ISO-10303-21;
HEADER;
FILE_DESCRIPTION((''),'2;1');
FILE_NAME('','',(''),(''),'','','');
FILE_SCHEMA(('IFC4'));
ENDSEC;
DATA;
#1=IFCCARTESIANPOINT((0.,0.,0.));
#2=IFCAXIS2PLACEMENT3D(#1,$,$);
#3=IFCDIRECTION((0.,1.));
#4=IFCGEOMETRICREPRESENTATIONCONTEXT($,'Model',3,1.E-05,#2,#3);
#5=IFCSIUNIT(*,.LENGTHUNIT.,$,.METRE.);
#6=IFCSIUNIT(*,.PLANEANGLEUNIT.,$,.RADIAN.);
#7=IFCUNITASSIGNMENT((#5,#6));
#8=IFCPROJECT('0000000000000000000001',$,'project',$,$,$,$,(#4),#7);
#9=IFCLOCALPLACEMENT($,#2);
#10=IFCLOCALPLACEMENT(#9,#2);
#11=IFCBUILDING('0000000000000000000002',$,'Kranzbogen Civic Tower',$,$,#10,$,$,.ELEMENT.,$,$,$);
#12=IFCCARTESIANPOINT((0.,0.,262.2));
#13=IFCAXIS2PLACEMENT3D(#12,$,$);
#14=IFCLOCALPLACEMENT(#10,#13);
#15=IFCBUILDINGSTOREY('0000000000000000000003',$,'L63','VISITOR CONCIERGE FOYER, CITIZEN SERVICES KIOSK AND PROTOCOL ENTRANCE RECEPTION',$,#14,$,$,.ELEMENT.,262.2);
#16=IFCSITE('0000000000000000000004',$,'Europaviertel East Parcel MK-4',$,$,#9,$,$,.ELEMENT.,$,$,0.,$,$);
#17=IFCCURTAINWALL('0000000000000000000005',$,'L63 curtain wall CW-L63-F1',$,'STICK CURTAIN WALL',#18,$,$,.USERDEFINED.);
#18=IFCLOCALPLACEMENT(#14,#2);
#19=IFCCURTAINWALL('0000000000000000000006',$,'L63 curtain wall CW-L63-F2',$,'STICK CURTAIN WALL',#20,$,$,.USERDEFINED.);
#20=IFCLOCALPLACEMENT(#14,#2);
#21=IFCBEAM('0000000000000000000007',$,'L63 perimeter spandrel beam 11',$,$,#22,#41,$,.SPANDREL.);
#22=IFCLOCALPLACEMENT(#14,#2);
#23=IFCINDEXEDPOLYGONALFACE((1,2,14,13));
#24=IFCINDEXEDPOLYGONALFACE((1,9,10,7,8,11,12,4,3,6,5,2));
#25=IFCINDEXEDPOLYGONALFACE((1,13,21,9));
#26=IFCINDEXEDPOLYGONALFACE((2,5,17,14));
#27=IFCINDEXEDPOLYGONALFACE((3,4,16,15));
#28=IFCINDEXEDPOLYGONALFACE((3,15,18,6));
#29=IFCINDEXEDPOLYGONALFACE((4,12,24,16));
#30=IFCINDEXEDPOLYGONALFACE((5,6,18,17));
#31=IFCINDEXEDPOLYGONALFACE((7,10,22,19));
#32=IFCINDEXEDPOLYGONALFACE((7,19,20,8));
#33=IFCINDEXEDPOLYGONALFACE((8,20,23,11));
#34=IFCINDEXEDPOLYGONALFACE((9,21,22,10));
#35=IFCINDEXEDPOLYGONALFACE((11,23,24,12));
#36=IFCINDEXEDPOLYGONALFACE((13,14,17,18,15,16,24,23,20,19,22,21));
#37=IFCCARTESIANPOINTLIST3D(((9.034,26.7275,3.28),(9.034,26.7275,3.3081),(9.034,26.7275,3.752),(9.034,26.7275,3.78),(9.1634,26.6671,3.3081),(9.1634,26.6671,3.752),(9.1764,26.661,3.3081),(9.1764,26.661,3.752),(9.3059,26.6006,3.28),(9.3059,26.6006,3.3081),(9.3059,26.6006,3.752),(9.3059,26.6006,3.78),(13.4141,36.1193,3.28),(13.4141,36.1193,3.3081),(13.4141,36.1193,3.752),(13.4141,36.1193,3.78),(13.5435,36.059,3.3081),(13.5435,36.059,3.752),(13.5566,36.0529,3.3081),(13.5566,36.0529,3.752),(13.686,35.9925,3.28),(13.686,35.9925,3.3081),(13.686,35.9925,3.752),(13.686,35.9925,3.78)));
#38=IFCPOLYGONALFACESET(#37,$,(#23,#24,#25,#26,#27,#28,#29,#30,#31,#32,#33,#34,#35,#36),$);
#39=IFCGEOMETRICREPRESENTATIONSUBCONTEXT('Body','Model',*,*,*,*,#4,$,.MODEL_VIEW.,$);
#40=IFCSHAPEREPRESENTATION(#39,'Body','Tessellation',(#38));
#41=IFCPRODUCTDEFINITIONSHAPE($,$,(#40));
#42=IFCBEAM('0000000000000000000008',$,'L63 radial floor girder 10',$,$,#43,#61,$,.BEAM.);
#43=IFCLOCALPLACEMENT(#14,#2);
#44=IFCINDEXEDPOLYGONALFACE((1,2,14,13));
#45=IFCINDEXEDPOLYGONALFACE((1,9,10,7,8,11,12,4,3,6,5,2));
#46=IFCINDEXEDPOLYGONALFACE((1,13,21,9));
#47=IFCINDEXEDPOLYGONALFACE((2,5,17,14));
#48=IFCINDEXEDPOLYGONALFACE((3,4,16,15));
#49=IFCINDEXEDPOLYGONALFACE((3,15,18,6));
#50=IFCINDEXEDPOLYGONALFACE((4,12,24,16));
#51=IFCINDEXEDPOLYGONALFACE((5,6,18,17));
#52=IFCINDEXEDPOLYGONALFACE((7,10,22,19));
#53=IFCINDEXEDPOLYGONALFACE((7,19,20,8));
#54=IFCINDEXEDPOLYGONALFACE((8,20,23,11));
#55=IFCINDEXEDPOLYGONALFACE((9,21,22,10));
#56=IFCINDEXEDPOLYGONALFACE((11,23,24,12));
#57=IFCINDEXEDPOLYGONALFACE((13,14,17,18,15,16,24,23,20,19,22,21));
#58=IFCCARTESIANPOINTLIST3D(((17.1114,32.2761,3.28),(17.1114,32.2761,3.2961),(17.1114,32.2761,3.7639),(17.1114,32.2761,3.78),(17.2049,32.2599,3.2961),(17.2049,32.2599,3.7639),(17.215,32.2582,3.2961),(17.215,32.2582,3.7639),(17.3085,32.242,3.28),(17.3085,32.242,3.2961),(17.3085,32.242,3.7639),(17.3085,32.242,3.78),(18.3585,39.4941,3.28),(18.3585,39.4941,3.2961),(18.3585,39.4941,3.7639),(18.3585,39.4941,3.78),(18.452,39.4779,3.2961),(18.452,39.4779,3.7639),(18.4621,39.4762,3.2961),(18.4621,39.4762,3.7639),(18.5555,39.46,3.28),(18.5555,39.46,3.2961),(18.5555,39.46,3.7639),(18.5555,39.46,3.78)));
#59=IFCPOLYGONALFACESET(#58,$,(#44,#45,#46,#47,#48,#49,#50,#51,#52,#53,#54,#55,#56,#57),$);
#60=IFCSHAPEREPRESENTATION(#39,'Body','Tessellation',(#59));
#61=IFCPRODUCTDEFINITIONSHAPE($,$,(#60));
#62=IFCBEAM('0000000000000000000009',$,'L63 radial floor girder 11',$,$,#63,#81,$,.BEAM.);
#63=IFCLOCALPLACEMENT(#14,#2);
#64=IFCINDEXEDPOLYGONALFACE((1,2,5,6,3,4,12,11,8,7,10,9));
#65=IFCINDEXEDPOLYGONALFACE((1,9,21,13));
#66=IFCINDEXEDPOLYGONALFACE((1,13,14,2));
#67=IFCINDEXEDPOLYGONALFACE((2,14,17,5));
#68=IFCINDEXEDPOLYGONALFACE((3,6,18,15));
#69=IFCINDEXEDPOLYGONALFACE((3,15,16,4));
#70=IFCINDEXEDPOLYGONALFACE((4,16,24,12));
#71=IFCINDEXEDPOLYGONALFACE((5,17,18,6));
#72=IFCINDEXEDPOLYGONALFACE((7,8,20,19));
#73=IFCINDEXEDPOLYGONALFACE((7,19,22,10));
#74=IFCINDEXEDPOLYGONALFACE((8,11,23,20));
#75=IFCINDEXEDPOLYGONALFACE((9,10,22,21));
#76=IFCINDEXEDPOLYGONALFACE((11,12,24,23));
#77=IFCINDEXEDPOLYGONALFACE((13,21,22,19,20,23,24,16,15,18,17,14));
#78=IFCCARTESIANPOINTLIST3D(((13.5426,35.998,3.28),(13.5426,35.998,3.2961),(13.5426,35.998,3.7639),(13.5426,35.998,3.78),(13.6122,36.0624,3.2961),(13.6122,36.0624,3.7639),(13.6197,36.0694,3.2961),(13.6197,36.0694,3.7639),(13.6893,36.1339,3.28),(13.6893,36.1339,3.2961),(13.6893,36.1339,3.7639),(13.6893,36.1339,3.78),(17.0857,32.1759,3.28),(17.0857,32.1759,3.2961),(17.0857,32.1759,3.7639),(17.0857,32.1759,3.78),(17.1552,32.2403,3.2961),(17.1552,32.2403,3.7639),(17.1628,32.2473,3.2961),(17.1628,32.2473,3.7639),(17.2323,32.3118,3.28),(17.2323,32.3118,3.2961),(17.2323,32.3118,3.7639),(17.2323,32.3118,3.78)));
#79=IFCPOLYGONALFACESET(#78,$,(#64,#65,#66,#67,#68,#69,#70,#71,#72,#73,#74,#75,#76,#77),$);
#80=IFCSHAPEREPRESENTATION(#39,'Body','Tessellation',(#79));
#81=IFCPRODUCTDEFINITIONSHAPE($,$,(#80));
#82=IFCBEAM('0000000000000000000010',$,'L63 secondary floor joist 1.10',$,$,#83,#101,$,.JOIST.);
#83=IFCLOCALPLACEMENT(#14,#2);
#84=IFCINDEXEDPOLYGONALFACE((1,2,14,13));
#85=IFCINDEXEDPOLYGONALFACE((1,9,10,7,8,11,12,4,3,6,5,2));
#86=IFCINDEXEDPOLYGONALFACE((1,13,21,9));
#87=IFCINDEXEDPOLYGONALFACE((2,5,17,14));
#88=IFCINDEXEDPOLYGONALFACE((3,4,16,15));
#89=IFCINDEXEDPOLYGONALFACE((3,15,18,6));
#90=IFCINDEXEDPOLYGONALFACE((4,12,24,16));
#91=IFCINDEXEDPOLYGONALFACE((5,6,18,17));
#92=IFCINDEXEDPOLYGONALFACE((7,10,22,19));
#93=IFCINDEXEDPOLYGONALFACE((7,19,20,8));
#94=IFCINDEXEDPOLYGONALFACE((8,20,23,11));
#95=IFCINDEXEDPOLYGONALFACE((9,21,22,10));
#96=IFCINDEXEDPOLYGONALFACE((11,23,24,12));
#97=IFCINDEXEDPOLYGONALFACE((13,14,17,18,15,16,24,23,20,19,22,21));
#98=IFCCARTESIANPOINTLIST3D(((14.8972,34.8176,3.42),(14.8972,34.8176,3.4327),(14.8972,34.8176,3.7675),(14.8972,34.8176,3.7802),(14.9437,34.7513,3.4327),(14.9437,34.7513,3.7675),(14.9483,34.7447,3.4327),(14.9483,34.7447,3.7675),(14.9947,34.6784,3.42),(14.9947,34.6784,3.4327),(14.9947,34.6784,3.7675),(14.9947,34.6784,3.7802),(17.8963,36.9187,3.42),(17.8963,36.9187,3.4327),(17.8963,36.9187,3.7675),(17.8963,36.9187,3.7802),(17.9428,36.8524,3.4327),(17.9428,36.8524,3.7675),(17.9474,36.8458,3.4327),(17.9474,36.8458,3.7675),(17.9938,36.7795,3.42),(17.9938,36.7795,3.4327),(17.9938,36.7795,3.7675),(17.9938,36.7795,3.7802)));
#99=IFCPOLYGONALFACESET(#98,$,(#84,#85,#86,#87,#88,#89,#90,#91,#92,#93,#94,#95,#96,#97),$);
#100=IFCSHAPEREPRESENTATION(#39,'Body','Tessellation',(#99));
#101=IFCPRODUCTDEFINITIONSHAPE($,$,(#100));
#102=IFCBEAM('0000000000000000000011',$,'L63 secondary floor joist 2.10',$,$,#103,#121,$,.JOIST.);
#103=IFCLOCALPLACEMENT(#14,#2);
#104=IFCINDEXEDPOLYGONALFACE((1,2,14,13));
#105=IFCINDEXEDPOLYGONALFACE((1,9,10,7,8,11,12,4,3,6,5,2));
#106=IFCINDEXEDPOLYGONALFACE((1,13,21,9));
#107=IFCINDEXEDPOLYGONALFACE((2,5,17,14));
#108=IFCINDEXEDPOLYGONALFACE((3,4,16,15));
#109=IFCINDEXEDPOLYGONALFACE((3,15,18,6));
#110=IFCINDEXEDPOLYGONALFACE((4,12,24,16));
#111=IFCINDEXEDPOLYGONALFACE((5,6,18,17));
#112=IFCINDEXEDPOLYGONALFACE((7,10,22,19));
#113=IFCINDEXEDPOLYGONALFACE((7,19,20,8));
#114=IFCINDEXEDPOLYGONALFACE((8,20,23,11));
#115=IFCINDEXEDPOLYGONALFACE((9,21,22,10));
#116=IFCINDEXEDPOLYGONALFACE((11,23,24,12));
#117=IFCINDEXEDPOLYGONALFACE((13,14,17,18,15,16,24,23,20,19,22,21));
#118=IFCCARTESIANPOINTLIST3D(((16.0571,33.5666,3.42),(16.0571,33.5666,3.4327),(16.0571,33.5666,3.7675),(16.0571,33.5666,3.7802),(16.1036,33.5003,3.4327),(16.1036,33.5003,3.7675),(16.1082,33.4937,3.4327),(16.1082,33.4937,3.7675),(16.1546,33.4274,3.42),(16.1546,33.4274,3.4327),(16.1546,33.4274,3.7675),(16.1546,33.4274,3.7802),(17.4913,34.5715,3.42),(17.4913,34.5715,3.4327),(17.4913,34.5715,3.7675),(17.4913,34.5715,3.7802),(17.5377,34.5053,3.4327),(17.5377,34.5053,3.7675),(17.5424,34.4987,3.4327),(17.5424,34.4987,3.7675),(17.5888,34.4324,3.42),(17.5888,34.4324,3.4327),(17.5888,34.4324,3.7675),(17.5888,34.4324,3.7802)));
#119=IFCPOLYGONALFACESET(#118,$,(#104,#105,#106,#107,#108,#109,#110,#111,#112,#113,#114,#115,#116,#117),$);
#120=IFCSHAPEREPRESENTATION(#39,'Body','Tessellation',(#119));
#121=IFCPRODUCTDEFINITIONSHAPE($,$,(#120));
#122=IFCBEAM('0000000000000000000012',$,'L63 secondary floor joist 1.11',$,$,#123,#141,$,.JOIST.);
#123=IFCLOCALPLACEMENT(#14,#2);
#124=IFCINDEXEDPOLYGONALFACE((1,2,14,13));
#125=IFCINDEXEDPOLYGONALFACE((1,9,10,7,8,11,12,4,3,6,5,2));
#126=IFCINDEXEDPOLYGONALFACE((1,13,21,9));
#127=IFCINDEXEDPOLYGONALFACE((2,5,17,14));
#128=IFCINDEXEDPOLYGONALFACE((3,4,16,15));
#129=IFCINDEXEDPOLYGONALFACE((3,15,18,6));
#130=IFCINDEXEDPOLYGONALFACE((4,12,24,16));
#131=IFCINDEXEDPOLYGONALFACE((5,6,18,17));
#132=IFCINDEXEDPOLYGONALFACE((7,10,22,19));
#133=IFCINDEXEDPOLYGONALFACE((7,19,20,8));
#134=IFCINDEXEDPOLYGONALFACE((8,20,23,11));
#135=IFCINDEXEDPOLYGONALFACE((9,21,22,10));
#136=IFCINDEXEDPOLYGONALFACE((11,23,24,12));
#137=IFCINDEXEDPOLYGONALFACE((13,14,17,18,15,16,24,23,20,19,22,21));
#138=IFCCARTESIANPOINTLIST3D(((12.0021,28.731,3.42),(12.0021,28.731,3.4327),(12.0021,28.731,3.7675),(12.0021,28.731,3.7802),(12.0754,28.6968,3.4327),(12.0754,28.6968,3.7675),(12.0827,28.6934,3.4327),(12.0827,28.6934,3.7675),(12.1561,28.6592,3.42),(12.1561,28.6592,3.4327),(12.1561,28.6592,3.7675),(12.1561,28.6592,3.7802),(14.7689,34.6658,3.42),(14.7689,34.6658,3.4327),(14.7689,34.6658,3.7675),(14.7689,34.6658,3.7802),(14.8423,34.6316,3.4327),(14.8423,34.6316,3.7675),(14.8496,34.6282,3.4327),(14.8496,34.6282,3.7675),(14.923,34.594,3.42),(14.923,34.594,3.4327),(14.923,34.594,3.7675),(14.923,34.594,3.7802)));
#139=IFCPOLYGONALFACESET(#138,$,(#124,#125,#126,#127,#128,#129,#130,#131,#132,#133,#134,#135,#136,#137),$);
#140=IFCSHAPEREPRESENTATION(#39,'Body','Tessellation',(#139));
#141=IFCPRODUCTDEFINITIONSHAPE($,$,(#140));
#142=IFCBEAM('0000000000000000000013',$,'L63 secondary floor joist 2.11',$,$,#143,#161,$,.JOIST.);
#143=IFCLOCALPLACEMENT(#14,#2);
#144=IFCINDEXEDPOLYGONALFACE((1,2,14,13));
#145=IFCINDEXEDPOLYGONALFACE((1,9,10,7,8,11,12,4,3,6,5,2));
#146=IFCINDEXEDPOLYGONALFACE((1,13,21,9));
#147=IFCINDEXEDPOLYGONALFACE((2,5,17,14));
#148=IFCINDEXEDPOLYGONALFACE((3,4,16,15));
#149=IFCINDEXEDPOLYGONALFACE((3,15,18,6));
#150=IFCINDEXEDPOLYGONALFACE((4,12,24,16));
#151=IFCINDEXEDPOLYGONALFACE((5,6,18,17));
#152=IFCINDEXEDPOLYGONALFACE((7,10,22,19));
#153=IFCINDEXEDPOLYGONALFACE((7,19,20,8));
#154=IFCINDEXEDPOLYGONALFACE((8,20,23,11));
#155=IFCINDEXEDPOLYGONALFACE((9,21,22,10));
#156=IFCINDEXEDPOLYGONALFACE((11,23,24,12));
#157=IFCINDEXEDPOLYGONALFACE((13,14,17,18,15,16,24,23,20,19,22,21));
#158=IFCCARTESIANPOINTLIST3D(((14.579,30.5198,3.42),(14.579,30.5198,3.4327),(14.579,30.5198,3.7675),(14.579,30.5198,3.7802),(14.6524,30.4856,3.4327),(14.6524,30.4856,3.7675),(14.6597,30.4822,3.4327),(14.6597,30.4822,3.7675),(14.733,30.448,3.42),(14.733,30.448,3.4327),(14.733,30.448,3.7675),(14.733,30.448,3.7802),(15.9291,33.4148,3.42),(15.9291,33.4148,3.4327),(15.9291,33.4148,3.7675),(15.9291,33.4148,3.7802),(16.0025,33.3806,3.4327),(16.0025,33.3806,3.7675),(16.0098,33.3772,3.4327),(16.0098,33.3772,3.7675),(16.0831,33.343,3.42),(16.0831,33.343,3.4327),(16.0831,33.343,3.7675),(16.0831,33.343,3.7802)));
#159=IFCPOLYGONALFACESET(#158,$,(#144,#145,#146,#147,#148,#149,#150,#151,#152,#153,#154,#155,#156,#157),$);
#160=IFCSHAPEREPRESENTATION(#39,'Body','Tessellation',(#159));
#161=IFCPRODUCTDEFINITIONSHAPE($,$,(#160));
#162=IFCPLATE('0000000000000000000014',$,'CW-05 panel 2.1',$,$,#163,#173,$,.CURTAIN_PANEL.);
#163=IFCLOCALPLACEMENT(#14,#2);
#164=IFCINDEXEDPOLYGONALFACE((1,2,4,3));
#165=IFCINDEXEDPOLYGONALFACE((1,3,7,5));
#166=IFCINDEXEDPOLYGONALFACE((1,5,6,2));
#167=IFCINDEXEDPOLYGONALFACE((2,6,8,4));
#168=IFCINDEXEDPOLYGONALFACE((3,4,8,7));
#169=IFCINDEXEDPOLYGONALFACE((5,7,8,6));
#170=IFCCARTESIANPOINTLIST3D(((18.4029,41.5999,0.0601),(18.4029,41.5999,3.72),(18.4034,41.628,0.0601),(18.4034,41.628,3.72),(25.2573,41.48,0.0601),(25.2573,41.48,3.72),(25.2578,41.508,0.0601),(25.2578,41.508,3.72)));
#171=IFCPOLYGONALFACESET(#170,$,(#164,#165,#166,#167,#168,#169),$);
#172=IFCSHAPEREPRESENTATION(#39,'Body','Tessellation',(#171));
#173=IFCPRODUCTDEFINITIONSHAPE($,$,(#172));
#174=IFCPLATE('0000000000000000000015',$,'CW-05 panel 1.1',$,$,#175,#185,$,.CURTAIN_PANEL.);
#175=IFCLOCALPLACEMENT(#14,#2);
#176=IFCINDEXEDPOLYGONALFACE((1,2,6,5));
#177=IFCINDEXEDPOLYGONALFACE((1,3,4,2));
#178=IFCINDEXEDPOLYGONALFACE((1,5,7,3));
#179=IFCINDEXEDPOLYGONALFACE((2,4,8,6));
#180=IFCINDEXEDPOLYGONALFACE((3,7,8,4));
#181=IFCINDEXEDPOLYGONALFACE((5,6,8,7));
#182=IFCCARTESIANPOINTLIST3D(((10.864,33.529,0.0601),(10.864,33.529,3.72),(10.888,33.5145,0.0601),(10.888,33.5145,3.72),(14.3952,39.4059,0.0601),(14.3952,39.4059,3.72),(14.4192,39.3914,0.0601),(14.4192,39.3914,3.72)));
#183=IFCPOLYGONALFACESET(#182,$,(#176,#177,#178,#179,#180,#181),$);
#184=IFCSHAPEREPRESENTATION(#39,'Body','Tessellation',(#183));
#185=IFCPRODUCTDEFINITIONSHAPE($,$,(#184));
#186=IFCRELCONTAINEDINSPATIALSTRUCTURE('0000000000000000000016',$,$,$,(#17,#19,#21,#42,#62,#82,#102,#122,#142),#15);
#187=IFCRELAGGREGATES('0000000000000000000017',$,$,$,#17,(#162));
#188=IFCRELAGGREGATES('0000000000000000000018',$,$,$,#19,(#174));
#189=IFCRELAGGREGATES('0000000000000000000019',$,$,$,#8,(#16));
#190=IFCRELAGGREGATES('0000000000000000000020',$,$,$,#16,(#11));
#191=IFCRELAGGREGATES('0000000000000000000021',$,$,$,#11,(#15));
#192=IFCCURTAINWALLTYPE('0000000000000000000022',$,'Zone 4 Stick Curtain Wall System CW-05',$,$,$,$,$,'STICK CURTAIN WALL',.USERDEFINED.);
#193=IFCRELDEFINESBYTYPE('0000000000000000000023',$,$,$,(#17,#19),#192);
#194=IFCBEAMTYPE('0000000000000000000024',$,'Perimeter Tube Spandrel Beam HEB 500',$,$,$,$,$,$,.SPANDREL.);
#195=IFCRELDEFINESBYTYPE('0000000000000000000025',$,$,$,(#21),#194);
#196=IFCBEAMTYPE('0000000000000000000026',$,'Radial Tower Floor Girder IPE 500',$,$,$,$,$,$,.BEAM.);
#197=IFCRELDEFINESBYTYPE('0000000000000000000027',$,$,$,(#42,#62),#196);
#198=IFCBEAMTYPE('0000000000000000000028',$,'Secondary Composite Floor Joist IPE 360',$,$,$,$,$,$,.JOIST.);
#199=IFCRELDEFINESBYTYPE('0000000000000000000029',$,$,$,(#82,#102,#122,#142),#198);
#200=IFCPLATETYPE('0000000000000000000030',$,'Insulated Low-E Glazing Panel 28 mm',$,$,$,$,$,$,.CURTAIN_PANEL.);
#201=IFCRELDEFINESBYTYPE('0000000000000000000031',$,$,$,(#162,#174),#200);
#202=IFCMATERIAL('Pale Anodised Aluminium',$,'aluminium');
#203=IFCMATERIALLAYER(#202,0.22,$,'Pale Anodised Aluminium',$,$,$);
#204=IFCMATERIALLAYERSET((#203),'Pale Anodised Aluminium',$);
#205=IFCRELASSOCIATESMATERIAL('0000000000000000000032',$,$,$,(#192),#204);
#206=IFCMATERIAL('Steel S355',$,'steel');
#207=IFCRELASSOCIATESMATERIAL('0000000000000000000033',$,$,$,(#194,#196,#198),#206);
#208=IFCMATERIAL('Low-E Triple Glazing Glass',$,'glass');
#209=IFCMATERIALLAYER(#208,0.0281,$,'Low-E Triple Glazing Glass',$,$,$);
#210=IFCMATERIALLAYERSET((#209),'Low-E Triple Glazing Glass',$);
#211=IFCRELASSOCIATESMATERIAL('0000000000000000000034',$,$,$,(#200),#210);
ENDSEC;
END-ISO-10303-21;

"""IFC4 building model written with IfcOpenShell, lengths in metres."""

from ifc_helpers import new_model, si_unit, direction, frame, origin, origin_2d, place, context, subcontext, project, spatial, rectangle, i_section, extrude, material, layer, layer_set, material_profile, profile_set, type_object, element, aggregate, save


model = new_model("IFC4")

# Units and contexts
model_context = context("Model", 3, precision=1e-05, world=origin(), true_north=direction((0.0, 1.0)))
body_context = subcontext(model_context, "Body", "Model", "MODEL_VIEW")
ifc_project = project(units=[si_unit("LENGTHUNIT", "METRE"), si_unit("PLANEANGLEUNIT", "RADIAN")], contexts=[model_context])

# Site, building, storey
site_placement = place(None, origin())
site = spatial("IfcSite", under=ifc_project, at=site_placement, Name="Europaviertel East Parcel MK-4", CompositionType="ELEMENT", RefElevation=0.0)
building_placement = place(site_placement, origin())
building = spatial("IfcBuilding", under=site, at=building_placement, Name="Kranzbogen Civic Tower", CompositionType="ELEMENT")
storey_placement = place(building_placement, frame((0.0, 0.0, 262.2)))
storey = spatial("IfcBuildingStorey", under=building, at=storey_placement, Name="L63", Description="VISITOR CONCIERGE FOYER, CITIZEN SERVICES KIOSK AND PROTOCOL ENTRANCE RECEPTION", CompositionType="ELEMENT", Elevation=262.2)

# Shared definitions
ifc_material_1 = material(Name="Steel S355", Category="steel")

# Curtain wall
ifc_material_2 = material(Name="Pale Anodised Aluminium", Category="aluminium")
ifc_layer_1 = layer(ifc_material_2, 0.22, Name="Pale Anodised Aluminium")
ifc_layer_set_1 = layer_set([ifc_layer_1], Name="Pale Anodised Aluminium")
curtain_wall_type = type_object("IfcCurtainWallType", Name="Zone 4 Stick Curtain Wall System CW-05", ElementType="STICK CURTAIN WALL", PredefinedType="USERDEFINED", material=ifc_layer_set_1)
curtain_wall_1_placement = place(storey_placement, origin())
curtain_wall_1 = element("IfcCurtainWall", 1, at=curtain_wall_1_placement, inside=storey, type_object=curtain_wall_type, Name="L63 curtain wall CW-L63-F1", ObjectType="STICK CURTAIN WALL", PredefinedType="USERDEFINED")

# Curtain wall
curtain_wall_2_placement = place(storey_placement, origin())
curtain_wall_2 = element("IfcCurtainWall", 2, at=curtain_wall_2_placement, inside=storey, type_object=curtain_wall_type, Name="L63 curtain wall CW-L63-F2", ObjectType="STICK CURTAIN WALL", PredefinedType="USERDEFINED")

# Beams
ifc_material_profile_1 = material_profile(ifc_material_1, i_section(OverallWidth=0.3, OverallDepth=0.5, WebThickness=0.0144, FlangeThickness=0.0281, at=origin_2d()), Name="HEB 500")
ifc_profile_set_1 = profile_set([ifc_material_profile_1], Name="Steel S355")
beam_type_1 = type_object("IfcBeamType", Name="Perimeter Tube Spandrel Beam HEB 500", PredefinedType="SPANDREL", material=ifc_profile_set_1)
beam_1_placement = place(storey_placement, frame((13.55, 36.0559, 3.53), z_axis=(-0.422669, -0.906284, 0.0), x_axis=(0.906284, -0.422669, 0.0)))
element("IfcBeam", 3, at=beam_1_placement, inside=storey, type_object=beam_type_1, Name="L63 perimeter spandrel beam 11", PredefinedType="SPANDREL", context=body_context, shape_type="SweptSolid", body=[
    extrude(i_section(OverallWidth=0.3, OverallDepth=0.5, WebThickness=0.0144, FlangeThickness=0.0281, at=origin_2d()), origin(), (0.0, 0.0, 1.0), 10.363),
])
ifc_material_profile_2 = material_profile(ifc_material_1, i_section(OverallWidth=0.2, OverallDepth=0.5, WebThickness=0.0103, FlangeThickness=0.0161, at=origin_2d()), Name="IPE 500")
ifc_profile_set_2 = profile_set([ifc_material_profile_2], Name="Steel S355")
beam_type_2 = type_object("IfcBeamType", Name="Radial Tower Floor Girder IPE 500", PredefinedType="BEAM", material=ifc_profile_set_2)
beam_2_placement = place(storey_placement, frame((18.457, 39.4771, 3.53), z_axis=(-0.17025, -0.985401, 0.0), x_axis=(0.985401, -0.17025, 0.0)))
element("IfcBeam", 4, at=beam_2_placement, inside=storey, type_object=beam_type_2, Name="L63 radial floor girder 10", PredefinedType="BEAM", context=body_context, shape_type="SweptSolid", body=[
    extrude(i_section(OverallWidth=0.2, OverallDepth=0.5, WebThickness=0.0103, FlangeThickness=0.0161, at=origin_2d()), origin(), (0.0, 0.0, 1.0), 7.325),
])
beam_3_placement = place(storey_placement, frame((13.616, 36.0659, 3.53), z_axis=(0.679827, -0.733372, 0.0), x_axis=(0.733372, 0.679827, 0.0)))
element("IfcBeam", 5, at=beam_3_placement, inside=storey, type_object=beam_type_2, Name="L63 radial floor girder 11", PredefinedType="BEAM", context=body_context, shape_type="SweptSolid", body=[
    extrude(i_section(OverallWidth=0.2, OverallDepth=0.5, WebThickness=0.0103, FlangeThickness=0.0161, at=origin_2d()), origin(), (0.0, 0.0, 1.0), 5.2117),
])
ifc_material_profile_3 = material_profile(ifc_material_1, i_section(OverallWidth=0.1699, OverallDepth=0.3601, WebThickness=0.0081, FlangeThickness=0.0127, at=origin_2d()), Name="IPE 360")
ifc_profile_set_3 = profile_set([ifc_material_profile_3], Name="Steel S355")
beam_type_3 = type_object("IfcBeamType", Name="Secondary Composite Floor Joist IPE 360", PredefinedType="JOIST", material=ifc_profile_set_3)
beam_4_placement = place(storey_placement, frame((17.9451, 36.8491, 3.6001), z_axis=(-0.819006, -0.573784, 0.0), x_axis=(0.573784, -0.819006, 0.0)))
element("IfcBeam", 6, at=beam_4_placement, inside=storey, type_object=beam_type_3, Name="L63 secondary floor joist 1.10", PredefinedType="JOIST", context=body_context, shape_type="SweptSolid", body=[
    extrude(i_section(OverallWidth=0.1699, OverallDepth=0.3601, WebThickness=0.0081, FlangeThickness=0.0127, at=origin_2d()), origin(), (0.0, 0.0, 1.0), 3.6619),
])
beam_5_placement = place(storey_placement, frame((17.54, 34.502, 3.6001), z_axis=(-0.818957, -0.573855, 0.0), x_axis=(0.573855, -0.818957, 0.0)))
element("IfcBeam", 7, at=beam_5_placement, inside=storey, type_object=beam_type_3, Name="L63 secondary floor joist 2.10", PredefinedType="JOIST", context=body_context, shape_type="SweptSolid", body=[
    extrude(i_section(OverallWidth=0.1699, OverallDepth=0.3601, WebThickness=0.0081, FlangeThickness=0.0127, at=origin_2d()), origin(), (0.0, 0.0, 1.0), 1.7512),
])
beam_6_placement = place(storey_placement, frame((14.8459, 34.6299, 3.6001), z_axis=(-0.422543, -0.906343, 0.0), x_axis=(0.906343, -0.422543, 0.0)))
element("IfcBeam", 8, at=beam_6_placement, inside=storey, type_object=beam_type_3, Name="L63 secondary floor joist 1.11", PredefinedType="JOIST", context=body_context, shape_type="SweptSolid", body=[
    extrude(i_section(OverallWidth=0.1699, OverallDepth=0.3601, WebThickness=0.0081, FlangeThickness=0.0127, at=origin_2d()), origin(), (0.0, 0.0, 1.0), 6.5481),
])
beam_7_placement = place(storey_placement, frame((16.0061, 33.3789, 3.6001), z_axis=(-0.422651, -0.906292, 0.0), x_axis=(0.906292, -0.422651, 0.0)))
element("IfcBeam", 9, at=beam_7_placement, inside=storey, type_object=beam_type_3, Name="L63 secondary floor joist 2.11", PredefinedType="JOIST", context=body_context, shape_type="SweptSolid", body=[
    extrude(i_section(OverallWidth=0.1699, OverallDepth=0.3601, WebThickness=0.0081, FlangeThickness=0.0127, at=origin_2d()), origin(), (0.0, 0.0, 1.0), 3.1943),
])

# Plates
ifc_material_3 = material(Name="Low-E Triple Glazing Glass", Category="glass")
ifc_layer_2 = layer(ifc_material_3, 0.0281, Name="Low-E Triple Glazing Glass")
ifc_layer_set_2 = layer_set([ifc_layer_2], Name="Low-E Triple Glazing Glass")
plate_type = type_object("IfcPlateType", Name="Insulated Low-E Glazing Panel 28 mm", PredefinedType="CURTAIN_PANEL", material=ifc_layer_set_2)
plate_1_placement = place(storey_placement, frame((21.8303, 41.554, 0.0601), z_axis=(0.0, 0.0, 1.0), x_axis=(-0.999847, 0.017493, 0.0)))
plate_1 = element("IfcPlate", 10, at=plate_1_placement, type_object=plate_type, Name="CW-05 panel 2.1", PredefinedType="CURTAIN_PANEL", context=body_context, shape_type="SweptSolid", body=[
    extrude(rectangle(XDim=6.8555, YDim=0.0281, at=origin_2d()), origin(), (0.0, 0.0, 1.0), 3.6599),
])
aggregate(curtain_wall_1, [plate_1])
plate_2_placement = place(storey_placement, frame((12.6416, 36.4602, 0.0601), z_axis=(0.0, 0.0, 1.0), x_axis=(-0.515036, -0.857169, 0.0)))
plate_2 = element("IfcPlate", 11, at=plate_2_placement, type_object=plate_type, Name="CW-05 panel 1.1", PredefinedType="CURTAIN_PANEL", context=body_context, shape_type="SweptSolid", body=[
    extrude(rectangle(XDim=6.8562, YDim=0.0281, at=origin_2d()), origin(), (0.0, 0.0, 1.0), 3.6599),
])
aggregate(curtain_wall_2, [plate_2])

save(model, "model.ifc")
